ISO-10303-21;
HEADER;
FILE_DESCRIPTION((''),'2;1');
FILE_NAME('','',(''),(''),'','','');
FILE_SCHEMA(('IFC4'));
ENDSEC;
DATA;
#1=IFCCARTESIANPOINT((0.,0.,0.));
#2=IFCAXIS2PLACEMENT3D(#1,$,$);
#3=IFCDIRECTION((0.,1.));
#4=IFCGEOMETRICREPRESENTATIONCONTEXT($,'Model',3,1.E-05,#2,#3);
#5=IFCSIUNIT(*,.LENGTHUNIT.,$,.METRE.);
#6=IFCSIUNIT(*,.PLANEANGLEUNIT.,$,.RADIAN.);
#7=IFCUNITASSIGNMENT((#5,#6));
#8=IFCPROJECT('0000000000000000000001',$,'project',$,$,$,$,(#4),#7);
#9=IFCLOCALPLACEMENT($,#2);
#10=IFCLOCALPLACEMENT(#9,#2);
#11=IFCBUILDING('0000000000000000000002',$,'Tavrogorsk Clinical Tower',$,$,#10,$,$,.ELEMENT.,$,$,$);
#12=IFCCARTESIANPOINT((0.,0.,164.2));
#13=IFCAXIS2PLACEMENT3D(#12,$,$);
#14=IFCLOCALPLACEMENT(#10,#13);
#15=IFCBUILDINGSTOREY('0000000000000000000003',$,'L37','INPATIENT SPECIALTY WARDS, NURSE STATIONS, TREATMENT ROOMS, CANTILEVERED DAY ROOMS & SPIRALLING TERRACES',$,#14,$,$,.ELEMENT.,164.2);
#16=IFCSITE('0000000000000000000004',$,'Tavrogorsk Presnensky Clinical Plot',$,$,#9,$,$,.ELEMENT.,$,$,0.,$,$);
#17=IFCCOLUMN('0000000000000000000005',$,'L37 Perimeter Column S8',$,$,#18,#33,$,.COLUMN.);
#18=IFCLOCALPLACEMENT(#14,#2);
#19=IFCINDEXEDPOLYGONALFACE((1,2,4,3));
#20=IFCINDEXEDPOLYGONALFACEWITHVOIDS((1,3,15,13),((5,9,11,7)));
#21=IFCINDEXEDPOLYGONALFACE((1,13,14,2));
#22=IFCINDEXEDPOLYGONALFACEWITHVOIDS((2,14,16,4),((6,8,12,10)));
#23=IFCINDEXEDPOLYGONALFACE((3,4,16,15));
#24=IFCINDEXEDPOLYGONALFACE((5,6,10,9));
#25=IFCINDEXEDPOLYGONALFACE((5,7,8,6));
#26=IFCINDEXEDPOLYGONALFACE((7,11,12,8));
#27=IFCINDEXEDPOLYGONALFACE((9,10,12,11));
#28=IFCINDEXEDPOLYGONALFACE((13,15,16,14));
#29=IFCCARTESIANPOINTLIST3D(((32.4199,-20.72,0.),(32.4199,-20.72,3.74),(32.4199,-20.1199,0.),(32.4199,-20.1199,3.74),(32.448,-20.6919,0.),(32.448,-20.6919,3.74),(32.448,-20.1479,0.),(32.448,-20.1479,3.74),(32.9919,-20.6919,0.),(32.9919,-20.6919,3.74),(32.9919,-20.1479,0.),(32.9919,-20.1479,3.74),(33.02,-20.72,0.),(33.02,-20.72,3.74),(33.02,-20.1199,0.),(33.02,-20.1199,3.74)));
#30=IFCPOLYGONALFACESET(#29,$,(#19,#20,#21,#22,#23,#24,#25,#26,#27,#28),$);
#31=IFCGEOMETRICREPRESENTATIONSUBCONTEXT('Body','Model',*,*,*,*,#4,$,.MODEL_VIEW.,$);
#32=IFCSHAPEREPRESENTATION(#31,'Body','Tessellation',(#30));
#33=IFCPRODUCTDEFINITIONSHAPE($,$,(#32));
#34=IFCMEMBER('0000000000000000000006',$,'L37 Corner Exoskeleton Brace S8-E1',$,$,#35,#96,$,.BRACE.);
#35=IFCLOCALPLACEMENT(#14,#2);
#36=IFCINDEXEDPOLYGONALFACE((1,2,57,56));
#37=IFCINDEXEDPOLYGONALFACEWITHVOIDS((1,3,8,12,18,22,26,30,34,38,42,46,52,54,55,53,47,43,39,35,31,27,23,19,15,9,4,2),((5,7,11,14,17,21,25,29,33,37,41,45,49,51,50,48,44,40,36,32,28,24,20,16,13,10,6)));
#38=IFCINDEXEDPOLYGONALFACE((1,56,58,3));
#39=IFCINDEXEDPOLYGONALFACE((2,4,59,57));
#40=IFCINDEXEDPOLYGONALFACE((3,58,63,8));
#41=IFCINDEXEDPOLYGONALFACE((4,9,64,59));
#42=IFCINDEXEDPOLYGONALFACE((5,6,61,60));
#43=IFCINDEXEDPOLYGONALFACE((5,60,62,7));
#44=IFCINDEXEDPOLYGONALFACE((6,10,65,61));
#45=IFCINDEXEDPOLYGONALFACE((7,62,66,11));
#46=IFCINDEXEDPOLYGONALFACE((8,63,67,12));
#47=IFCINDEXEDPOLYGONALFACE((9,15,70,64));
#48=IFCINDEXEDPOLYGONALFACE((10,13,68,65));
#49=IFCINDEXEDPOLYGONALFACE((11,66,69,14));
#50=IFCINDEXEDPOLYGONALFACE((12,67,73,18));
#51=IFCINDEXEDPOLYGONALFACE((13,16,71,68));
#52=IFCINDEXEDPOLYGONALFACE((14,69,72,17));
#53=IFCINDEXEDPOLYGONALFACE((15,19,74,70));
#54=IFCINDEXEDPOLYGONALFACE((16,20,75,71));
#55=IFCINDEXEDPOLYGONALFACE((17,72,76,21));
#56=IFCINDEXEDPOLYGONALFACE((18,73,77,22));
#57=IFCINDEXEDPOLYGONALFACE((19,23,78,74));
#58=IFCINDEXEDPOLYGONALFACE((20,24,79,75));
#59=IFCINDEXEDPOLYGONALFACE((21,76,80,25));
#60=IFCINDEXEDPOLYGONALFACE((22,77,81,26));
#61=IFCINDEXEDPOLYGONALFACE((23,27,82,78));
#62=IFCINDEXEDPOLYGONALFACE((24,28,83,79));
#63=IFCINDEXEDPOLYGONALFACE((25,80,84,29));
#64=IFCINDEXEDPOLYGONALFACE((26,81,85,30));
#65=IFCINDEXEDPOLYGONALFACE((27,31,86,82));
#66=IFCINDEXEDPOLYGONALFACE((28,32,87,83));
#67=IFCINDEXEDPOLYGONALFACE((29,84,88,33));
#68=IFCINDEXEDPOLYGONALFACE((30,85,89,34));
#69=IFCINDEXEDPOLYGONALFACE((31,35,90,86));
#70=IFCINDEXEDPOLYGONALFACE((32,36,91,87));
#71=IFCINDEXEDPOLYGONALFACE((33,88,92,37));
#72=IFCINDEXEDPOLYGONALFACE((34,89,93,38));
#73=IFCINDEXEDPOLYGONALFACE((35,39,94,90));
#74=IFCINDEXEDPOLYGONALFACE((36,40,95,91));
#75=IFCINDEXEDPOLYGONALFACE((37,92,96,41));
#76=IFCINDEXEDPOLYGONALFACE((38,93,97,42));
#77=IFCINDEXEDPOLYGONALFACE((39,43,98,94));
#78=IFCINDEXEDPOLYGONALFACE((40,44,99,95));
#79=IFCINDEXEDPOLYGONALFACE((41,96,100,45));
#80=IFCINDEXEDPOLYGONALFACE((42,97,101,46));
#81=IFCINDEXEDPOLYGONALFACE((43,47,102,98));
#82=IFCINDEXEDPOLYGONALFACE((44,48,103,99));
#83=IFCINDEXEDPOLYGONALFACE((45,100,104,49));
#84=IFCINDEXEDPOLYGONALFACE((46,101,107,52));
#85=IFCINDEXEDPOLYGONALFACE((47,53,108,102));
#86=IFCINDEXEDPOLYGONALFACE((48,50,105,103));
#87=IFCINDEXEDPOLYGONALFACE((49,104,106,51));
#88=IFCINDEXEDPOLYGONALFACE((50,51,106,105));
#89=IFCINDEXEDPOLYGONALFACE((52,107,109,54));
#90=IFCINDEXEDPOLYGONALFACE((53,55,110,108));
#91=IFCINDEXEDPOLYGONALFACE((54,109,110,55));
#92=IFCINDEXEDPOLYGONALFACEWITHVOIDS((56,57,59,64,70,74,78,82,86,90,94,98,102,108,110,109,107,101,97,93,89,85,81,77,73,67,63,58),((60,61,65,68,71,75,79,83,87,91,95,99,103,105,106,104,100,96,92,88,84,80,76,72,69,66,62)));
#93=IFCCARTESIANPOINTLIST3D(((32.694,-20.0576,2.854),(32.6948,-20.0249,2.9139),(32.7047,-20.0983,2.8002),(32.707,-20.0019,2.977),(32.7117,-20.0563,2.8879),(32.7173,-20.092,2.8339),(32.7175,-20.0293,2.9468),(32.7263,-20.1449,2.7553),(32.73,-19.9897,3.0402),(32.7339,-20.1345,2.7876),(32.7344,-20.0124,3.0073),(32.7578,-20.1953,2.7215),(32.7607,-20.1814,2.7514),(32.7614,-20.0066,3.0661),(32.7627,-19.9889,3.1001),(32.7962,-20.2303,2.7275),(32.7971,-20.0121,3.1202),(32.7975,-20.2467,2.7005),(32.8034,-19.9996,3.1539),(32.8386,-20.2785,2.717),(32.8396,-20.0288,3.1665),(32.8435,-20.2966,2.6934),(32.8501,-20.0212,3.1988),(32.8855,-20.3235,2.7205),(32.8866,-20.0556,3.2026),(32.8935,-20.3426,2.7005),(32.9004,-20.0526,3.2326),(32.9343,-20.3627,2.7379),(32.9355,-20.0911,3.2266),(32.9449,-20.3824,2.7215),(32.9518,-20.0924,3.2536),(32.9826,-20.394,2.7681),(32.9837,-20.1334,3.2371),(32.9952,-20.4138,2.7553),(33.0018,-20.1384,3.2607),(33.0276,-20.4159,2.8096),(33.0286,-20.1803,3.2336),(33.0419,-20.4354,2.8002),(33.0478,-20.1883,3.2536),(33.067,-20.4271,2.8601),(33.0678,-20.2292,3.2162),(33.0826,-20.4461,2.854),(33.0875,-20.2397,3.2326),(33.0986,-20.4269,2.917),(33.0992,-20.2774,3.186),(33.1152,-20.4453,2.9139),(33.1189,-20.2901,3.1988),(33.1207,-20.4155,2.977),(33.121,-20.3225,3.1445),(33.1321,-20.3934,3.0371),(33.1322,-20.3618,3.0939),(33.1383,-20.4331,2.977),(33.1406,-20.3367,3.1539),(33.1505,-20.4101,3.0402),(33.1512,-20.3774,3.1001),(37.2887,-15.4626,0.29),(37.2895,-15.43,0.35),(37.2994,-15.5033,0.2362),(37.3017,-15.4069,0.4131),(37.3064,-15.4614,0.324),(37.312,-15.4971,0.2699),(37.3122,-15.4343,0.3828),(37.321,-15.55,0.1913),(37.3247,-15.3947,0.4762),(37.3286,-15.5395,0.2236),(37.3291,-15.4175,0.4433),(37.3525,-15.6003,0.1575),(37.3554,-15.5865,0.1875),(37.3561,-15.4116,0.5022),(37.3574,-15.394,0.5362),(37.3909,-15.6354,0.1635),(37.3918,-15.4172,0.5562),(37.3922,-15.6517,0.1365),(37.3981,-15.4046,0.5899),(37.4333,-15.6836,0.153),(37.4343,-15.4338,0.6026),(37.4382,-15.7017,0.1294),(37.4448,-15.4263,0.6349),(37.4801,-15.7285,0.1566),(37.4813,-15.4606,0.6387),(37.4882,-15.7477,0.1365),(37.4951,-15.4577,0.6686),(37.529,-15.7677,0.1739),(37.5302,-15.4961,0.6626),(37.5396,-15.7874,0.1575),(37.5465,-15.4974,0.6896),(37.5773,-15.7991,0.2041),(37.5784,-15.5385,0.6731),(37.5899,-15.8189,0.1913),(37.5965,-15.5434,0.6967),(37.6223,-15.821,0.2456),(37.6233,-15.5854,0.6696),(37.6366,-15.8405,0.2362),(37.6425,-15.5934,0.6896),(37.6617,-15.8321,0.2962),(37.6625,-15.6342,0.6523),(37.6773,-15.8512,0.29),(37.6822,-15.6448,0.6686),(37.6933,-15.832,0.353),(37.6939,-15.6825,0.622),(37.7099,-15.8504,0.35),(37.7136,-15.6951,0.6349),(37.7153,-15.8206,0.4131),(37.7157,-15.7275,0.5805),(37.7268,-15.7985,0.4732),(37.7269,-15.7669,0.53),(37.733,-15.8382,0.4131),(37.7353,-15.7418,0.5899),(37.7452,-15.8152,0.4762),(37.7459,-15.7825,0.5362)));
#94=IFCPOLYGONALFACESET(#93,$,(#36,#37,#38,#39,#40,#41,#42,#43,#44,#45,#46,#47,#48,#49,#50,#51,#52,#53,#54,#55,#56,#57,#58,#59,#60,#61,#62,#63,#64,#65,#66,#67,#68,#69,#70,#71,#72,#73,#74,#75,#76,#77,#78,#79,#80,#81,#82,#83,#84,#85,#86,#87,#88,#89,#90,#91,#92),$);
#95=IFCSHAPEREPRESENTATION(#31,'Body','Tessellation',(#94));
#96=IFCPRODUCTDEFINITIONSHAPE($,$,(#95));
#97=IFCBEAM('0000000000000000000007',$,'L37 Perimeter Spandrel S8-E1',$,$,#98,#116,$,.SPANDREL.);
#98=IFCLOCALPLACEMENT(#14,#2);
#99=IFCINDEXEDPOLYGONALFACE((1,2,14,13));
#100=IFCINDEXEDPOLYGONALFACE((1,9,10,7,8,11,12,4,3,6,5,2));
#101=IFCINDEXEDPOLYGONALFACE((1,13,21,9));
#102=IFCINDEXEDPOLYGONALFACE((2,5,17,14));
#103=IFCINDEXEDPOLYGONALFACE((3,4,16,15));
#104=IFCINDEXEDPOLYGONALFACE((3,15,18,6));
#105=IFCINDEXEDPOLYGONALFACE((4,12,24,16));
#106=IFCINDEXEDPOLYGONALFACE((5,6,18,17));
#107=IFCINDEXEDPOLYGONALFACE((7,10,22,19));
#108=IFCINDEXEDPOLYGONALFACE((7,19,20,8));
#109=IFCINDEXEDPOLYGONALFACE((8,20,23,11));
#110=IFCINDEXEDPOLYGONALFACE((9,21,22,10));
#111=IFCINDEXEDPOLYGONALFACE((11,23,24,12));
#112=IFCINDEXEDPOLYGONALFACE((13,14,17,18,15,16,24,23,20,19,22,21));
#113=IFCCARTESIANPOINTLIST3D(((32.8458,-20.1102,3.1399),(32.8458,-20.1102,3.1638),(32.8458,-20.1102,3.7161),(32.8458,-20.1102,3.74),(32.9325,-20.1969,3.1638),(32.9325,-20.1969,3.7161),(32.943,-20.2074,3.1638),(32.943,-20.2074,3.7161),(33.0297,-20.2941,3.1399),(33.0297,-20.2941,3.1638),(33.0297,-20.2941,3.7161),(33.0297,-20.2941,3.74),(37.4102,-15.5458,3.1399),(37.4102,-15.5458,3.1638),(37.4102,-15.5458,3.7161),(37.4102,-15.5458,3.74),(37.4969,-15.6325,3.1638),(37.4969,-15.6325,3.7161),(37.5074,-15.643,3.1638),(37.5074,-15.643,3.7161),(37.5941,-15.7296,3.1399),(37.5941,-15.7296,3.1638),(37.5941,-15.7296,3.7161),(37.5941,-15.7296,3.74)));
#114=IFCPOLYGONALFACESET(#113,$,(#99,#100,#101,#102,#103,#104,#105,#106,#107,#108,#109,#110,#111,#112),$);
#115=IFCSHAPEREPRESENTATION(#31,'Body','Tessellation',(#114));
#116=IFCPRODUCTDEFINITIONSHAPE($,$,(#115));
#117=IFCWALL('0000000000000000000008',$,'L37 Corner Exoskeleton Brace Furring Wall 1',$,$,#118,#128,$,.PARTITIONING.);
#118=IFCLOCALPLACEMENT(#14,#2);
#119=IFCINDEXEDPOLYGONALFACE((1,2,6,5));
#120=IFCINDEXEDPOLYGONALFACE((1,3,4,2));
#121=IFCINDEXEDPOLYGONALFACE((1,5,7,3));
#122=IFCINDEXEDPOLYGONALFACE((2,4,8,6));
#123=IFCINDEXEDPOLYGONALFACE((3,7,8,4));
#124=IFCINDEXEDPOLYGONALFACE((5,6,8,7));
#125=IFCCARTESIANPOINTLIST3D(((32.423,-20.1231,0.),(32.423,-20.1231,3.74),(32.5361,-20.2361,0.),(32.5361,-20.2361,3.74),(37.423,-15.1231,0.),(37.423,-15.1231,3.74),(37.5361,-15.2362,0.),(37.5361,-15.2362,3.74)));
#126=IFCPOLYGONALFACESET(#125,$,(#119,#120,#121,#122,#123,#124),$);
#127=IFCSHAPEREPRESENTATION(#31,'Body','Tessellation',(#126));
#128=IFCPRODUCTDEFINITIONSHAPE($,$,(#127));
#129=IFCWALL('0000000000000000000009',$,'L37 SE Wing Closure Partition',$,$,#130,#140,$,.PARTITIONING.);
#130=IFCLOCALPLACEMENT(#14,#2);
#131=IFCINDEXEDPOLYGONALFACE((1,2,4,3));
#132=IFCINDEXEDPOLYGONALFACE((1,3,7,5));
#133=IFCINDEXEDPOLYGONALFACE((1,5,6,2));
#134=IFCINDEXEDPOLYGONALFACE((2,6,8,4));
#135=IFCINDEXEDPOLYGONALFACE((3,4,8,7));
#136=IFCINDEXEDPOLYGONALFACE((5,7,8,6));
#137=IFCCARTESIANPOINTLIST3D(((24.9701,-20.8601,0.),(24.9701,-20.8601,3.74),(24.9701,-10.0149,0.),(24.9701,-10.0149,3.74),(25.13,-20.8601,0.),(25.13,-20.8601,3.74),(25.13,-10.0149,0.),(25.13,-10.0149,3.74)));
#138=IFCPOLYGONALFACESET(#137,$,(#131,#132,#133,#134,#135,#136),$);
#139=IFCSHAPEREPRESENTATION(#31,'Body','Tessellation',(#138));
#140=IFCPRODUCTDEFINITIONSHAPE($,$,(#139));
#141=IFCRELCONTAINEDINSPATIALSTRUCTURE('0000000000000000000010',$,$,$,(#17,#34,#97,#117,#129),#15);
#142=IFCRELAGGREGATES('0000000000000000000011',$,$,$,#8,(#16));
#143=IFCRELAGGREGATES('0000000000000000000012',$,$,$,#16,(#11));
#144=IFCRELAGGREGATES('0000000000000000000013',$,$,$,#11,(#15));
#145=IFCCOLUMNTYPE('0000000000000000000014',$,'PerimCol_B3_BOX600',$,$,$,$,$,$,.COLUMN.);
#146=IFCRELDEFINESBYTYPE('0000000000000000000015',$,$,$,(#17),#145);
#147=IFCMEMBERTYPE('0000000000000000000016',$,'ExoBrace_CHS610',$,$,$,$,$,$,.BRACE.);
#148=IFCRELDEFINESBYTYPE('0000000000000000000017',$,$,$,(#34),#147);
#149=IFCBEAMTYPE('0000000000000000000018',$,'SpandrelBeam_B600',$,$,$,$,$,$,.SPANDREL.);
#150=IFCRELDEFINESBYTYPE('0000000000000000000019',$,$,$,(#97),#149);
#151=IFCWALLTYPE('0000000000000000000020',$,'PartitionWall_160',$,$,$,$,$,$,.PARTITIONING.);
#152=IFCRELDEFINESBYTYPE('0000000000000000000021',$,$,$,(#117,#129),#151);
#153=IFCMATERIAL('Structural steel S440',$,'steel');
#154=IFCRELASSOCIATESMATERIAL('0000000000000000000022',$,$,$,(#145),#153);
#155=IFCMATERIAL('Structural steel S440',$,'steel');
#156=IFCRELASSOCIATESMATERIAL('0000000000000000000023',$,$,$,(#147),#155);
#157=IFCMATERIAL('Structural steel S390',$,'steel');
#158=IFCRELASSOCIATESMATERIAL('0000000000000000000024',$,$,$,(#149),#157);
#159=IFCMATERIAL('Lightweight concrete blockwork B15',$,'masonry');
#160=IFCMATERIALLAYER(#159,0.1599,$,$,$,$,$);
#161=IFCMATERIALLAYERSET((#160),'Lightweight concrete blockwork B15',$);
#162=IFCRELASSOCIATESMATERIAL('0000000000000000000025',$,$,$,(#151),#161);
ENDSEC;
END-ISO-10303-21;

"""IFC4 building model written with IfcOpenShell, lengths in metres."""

from ifc_helpers import new_model, si_unit, direction, frame, frame_2d, origin, origin_2d, place, context, subcontext, project, spatial, rectangle, hollow_rectangle, hollow_circle, i_section, extrude, material, layer, layer_set, material_profile, profile_set, type_object, element, save


model = new_model("IFC4")

# Units and contexts
model_context = context("Model", 3, precision=1e-05, world=origin(), true_north=direction((0.0, 1.0)))
body_context = subcontext(model_context, "Body", "Model", "MODEL_VIEW")
ifc_project = project(units=[si_unit("LENGTHUNIT", "METRE"), si_unit("PLANEANGLEUNIT", "RADIAN")], contexts=[model_context])

# Site, building, storey
site_placement = place(None, origin())
site = spatial("IfcSite", under=ifc_project, at=site_placement, Name="Tavrogorsk Presnensky Clinical Plot", CompositionType="ELEMENT", RefElevation=0.0)
building_placement = place(site_placement, origin())
building = spatial("IfcBuilding", under=site, at=building_placement, Name="Tavrogorsk Clinical Tower", CompositionType="ELEMENT")
storey_placement = place(building_placement, frame((0.0, 0.0, 164.2)))
storey = spatial("IfcBuildingStorey", under=building, at=storey_placement, Name="L37", Description="INPATIENT SPECIALTY WARDS, NURSE STATIONS, TREATMENT ROOMS, CANTILEVERED DAY ROOMS & SPIRALLING TERRACES", CompositionType="ELEMENT", Elevation=164.2)

# Column
ifc_material_1 = material(Name="Structural steel S440", Category="steel")
ifc_material_profile_1 = material_profile(ifc_material_1, hollow_rectangle(XDim=0.6001, YDim=0.6001, WallThickness=0.0281, at=origin_2d()), Name="BOX-600x600x28")
ifc_profile_set_1 = profile_set([ifc_material_profile_1], Name="Structural steel S440")
column_type = type_object("IfcColumnType", Name="PerimCol_B3_BOX600", PredefinedType="COLUMN", material=ifc_profile_set_1)
column_placement = place(storey_placement, frame((32.72, -20.4199, 0.0), z_axis=(0.0, 0.0, 1.0), x_axis=(1.0, 0.0, 0.0)))
element("IfcColumn", 1, at=column_placement, inside=storey, type_object=column_type, Name="L37 Perimeter Column S8", PredefinedType="COLUMN", context=body_context, shape_type="SweptSolid", body=[
    extrude(hollow_rectangle(XDim=0.6001, YDim=0.6001, WallThickness=0.0281, at=origin_2d()), origin(), (0.0, 0.0, 1.0), 3.74),
])

# Member
ifc_material_2 = material(Name="Structural steel S440", Category="steel")
ifc_material_profile_2 = material_profile(ifc_material_2, hollow_circle(Radius=0.3049, WallThickness=0.0249, at=origin_2d()), Name="CHS-610x25")
ifc_profile_set_2 = profile_set([ifc_material_profile_2], Name="Structural steel S440")
member_type = type_object("IfcMemberType", Name="ExoBrace_CHS610", PredefinedType="BRACE", material=ifc_profile_set_2)
member_placement = place(storey_placement, frame((37.5173, -15.6226, 0.4131), z_axis=(-0.657739, -0.657774, 0.367034), x_axis=(0.707126, -0.707088, 0.0)))
element("IfcMember", 2, at=member_placement, inside=storey, type_object=member_type, Name="L37 Corner Exoskeleton Brace S8-E1", PredefinedType="BRACE", context=body_context, shape_type="SweptSolid", body=[
    extrude(hollow_circle(Radius=0.3049, WallThickness=0.0249, at=origin_2d()), origin(), (0.0, 0.0, 1.0), 6.9856),
])

# Beam
ifc_material_3 = material(Name="Structural steel S390", Category="steel")
ifc_material_profile_3 = material_profile(ifc_material_3, i_section(OverallWidth=0.26, OverallDepth=0.6001, WebThickness=0.0149, FlangeThickness=0.0239, at=origin_2d()), Name="B-600x260x15x24")
ifc_profile_set_3 = profile_set([ifc_material_profile_3], Name="Structural steel S390")
beam_type = type_object("IfcBeamType", Name="SpandrelBeam_B600", PredefinedType="SPANDREL", material=ifc_profile_set_3)
beam_placement = place(storey_placement, frame((32.9377, -20.2021, 3.4399), z_axis=(0.707107, 0.707107, 0.0), x_axis=(-0.707107, 0.707107, 0.0)))
element("IfcBeam", 3, at=beam_placement, inside=storey, type_object=beam_type, Name="L37 Perimeter Spandrel S8-E1", PredefinedType="SPANDREL", context=body_context, shape_type="SweptSolid", body=[
    extrude(i_section(OverallWidth=0.26, OverallDepth=0.6001, WebThickness=0.0149, FlangeThickness=0.0239, at=origin_2d()), origin(), (0.0, 0.0, 1.0), 6.4551),
])

# Walls
ifc_material_4 = material(Name="Lightweight concrete blockwork B15", Category="masonry")
ifc_layer_1 = layer(ifc_material_4, 0.1599)
ifc_layer_set_1 = layer_set([ifc_layer_1], Name="Lightweight concrete blockwork B15")
wall_type_1 = type_object("IfcWallType", Name="PartitionWall_160", PredefinedType="PARTITIONING", material=ifc_layer_set_1)
wall_1_placement = place(storey_placement, frame((32.4795, -20.1797, 0.0), z_axis=(0.0, 0.0, 1.0), x_axis=(0.707107, 0.707107, 0.0)))
element("IfcWall", 4, at=wall_1_placement, inside=storey, type_object=wall_type_1, Name="L37 Corner Exoskeleton Brace Furring Wall 1", PredefinedType="PARTITIONING", context=body_context, shape_type="SweptSolid", body=[
    extrude(rectangle(XDim=7.071, YDim=0.1599, at=frame_2d((3.5356, 0.0))), origin(), (0.0, 0.0, 1.0), 3.74),
])
wall_2_placement = place(storey_placement, frame((25.05, -20.8601, 0.0), z_axis=(0.0, 0.0, 1.0), x_axis=(0.0, 1.0, 0.0)))
element("IfcWall", 5, at=wall_2_placement, inside=storey, type_object=wall_type_1, Name="L37 SE Wing Closure Partition", PredefinedType="PARTITIONING", context=body_context, shape_type="SweptSolid", body=[
    extrude(rectangle(XDim=10.8452, YDim=0.1599, at=frame_2d((5.4226, 0.0))), origin(), (0.0, 0.0, 1.0), 3.74),
])

save(model, "model.ifc")
